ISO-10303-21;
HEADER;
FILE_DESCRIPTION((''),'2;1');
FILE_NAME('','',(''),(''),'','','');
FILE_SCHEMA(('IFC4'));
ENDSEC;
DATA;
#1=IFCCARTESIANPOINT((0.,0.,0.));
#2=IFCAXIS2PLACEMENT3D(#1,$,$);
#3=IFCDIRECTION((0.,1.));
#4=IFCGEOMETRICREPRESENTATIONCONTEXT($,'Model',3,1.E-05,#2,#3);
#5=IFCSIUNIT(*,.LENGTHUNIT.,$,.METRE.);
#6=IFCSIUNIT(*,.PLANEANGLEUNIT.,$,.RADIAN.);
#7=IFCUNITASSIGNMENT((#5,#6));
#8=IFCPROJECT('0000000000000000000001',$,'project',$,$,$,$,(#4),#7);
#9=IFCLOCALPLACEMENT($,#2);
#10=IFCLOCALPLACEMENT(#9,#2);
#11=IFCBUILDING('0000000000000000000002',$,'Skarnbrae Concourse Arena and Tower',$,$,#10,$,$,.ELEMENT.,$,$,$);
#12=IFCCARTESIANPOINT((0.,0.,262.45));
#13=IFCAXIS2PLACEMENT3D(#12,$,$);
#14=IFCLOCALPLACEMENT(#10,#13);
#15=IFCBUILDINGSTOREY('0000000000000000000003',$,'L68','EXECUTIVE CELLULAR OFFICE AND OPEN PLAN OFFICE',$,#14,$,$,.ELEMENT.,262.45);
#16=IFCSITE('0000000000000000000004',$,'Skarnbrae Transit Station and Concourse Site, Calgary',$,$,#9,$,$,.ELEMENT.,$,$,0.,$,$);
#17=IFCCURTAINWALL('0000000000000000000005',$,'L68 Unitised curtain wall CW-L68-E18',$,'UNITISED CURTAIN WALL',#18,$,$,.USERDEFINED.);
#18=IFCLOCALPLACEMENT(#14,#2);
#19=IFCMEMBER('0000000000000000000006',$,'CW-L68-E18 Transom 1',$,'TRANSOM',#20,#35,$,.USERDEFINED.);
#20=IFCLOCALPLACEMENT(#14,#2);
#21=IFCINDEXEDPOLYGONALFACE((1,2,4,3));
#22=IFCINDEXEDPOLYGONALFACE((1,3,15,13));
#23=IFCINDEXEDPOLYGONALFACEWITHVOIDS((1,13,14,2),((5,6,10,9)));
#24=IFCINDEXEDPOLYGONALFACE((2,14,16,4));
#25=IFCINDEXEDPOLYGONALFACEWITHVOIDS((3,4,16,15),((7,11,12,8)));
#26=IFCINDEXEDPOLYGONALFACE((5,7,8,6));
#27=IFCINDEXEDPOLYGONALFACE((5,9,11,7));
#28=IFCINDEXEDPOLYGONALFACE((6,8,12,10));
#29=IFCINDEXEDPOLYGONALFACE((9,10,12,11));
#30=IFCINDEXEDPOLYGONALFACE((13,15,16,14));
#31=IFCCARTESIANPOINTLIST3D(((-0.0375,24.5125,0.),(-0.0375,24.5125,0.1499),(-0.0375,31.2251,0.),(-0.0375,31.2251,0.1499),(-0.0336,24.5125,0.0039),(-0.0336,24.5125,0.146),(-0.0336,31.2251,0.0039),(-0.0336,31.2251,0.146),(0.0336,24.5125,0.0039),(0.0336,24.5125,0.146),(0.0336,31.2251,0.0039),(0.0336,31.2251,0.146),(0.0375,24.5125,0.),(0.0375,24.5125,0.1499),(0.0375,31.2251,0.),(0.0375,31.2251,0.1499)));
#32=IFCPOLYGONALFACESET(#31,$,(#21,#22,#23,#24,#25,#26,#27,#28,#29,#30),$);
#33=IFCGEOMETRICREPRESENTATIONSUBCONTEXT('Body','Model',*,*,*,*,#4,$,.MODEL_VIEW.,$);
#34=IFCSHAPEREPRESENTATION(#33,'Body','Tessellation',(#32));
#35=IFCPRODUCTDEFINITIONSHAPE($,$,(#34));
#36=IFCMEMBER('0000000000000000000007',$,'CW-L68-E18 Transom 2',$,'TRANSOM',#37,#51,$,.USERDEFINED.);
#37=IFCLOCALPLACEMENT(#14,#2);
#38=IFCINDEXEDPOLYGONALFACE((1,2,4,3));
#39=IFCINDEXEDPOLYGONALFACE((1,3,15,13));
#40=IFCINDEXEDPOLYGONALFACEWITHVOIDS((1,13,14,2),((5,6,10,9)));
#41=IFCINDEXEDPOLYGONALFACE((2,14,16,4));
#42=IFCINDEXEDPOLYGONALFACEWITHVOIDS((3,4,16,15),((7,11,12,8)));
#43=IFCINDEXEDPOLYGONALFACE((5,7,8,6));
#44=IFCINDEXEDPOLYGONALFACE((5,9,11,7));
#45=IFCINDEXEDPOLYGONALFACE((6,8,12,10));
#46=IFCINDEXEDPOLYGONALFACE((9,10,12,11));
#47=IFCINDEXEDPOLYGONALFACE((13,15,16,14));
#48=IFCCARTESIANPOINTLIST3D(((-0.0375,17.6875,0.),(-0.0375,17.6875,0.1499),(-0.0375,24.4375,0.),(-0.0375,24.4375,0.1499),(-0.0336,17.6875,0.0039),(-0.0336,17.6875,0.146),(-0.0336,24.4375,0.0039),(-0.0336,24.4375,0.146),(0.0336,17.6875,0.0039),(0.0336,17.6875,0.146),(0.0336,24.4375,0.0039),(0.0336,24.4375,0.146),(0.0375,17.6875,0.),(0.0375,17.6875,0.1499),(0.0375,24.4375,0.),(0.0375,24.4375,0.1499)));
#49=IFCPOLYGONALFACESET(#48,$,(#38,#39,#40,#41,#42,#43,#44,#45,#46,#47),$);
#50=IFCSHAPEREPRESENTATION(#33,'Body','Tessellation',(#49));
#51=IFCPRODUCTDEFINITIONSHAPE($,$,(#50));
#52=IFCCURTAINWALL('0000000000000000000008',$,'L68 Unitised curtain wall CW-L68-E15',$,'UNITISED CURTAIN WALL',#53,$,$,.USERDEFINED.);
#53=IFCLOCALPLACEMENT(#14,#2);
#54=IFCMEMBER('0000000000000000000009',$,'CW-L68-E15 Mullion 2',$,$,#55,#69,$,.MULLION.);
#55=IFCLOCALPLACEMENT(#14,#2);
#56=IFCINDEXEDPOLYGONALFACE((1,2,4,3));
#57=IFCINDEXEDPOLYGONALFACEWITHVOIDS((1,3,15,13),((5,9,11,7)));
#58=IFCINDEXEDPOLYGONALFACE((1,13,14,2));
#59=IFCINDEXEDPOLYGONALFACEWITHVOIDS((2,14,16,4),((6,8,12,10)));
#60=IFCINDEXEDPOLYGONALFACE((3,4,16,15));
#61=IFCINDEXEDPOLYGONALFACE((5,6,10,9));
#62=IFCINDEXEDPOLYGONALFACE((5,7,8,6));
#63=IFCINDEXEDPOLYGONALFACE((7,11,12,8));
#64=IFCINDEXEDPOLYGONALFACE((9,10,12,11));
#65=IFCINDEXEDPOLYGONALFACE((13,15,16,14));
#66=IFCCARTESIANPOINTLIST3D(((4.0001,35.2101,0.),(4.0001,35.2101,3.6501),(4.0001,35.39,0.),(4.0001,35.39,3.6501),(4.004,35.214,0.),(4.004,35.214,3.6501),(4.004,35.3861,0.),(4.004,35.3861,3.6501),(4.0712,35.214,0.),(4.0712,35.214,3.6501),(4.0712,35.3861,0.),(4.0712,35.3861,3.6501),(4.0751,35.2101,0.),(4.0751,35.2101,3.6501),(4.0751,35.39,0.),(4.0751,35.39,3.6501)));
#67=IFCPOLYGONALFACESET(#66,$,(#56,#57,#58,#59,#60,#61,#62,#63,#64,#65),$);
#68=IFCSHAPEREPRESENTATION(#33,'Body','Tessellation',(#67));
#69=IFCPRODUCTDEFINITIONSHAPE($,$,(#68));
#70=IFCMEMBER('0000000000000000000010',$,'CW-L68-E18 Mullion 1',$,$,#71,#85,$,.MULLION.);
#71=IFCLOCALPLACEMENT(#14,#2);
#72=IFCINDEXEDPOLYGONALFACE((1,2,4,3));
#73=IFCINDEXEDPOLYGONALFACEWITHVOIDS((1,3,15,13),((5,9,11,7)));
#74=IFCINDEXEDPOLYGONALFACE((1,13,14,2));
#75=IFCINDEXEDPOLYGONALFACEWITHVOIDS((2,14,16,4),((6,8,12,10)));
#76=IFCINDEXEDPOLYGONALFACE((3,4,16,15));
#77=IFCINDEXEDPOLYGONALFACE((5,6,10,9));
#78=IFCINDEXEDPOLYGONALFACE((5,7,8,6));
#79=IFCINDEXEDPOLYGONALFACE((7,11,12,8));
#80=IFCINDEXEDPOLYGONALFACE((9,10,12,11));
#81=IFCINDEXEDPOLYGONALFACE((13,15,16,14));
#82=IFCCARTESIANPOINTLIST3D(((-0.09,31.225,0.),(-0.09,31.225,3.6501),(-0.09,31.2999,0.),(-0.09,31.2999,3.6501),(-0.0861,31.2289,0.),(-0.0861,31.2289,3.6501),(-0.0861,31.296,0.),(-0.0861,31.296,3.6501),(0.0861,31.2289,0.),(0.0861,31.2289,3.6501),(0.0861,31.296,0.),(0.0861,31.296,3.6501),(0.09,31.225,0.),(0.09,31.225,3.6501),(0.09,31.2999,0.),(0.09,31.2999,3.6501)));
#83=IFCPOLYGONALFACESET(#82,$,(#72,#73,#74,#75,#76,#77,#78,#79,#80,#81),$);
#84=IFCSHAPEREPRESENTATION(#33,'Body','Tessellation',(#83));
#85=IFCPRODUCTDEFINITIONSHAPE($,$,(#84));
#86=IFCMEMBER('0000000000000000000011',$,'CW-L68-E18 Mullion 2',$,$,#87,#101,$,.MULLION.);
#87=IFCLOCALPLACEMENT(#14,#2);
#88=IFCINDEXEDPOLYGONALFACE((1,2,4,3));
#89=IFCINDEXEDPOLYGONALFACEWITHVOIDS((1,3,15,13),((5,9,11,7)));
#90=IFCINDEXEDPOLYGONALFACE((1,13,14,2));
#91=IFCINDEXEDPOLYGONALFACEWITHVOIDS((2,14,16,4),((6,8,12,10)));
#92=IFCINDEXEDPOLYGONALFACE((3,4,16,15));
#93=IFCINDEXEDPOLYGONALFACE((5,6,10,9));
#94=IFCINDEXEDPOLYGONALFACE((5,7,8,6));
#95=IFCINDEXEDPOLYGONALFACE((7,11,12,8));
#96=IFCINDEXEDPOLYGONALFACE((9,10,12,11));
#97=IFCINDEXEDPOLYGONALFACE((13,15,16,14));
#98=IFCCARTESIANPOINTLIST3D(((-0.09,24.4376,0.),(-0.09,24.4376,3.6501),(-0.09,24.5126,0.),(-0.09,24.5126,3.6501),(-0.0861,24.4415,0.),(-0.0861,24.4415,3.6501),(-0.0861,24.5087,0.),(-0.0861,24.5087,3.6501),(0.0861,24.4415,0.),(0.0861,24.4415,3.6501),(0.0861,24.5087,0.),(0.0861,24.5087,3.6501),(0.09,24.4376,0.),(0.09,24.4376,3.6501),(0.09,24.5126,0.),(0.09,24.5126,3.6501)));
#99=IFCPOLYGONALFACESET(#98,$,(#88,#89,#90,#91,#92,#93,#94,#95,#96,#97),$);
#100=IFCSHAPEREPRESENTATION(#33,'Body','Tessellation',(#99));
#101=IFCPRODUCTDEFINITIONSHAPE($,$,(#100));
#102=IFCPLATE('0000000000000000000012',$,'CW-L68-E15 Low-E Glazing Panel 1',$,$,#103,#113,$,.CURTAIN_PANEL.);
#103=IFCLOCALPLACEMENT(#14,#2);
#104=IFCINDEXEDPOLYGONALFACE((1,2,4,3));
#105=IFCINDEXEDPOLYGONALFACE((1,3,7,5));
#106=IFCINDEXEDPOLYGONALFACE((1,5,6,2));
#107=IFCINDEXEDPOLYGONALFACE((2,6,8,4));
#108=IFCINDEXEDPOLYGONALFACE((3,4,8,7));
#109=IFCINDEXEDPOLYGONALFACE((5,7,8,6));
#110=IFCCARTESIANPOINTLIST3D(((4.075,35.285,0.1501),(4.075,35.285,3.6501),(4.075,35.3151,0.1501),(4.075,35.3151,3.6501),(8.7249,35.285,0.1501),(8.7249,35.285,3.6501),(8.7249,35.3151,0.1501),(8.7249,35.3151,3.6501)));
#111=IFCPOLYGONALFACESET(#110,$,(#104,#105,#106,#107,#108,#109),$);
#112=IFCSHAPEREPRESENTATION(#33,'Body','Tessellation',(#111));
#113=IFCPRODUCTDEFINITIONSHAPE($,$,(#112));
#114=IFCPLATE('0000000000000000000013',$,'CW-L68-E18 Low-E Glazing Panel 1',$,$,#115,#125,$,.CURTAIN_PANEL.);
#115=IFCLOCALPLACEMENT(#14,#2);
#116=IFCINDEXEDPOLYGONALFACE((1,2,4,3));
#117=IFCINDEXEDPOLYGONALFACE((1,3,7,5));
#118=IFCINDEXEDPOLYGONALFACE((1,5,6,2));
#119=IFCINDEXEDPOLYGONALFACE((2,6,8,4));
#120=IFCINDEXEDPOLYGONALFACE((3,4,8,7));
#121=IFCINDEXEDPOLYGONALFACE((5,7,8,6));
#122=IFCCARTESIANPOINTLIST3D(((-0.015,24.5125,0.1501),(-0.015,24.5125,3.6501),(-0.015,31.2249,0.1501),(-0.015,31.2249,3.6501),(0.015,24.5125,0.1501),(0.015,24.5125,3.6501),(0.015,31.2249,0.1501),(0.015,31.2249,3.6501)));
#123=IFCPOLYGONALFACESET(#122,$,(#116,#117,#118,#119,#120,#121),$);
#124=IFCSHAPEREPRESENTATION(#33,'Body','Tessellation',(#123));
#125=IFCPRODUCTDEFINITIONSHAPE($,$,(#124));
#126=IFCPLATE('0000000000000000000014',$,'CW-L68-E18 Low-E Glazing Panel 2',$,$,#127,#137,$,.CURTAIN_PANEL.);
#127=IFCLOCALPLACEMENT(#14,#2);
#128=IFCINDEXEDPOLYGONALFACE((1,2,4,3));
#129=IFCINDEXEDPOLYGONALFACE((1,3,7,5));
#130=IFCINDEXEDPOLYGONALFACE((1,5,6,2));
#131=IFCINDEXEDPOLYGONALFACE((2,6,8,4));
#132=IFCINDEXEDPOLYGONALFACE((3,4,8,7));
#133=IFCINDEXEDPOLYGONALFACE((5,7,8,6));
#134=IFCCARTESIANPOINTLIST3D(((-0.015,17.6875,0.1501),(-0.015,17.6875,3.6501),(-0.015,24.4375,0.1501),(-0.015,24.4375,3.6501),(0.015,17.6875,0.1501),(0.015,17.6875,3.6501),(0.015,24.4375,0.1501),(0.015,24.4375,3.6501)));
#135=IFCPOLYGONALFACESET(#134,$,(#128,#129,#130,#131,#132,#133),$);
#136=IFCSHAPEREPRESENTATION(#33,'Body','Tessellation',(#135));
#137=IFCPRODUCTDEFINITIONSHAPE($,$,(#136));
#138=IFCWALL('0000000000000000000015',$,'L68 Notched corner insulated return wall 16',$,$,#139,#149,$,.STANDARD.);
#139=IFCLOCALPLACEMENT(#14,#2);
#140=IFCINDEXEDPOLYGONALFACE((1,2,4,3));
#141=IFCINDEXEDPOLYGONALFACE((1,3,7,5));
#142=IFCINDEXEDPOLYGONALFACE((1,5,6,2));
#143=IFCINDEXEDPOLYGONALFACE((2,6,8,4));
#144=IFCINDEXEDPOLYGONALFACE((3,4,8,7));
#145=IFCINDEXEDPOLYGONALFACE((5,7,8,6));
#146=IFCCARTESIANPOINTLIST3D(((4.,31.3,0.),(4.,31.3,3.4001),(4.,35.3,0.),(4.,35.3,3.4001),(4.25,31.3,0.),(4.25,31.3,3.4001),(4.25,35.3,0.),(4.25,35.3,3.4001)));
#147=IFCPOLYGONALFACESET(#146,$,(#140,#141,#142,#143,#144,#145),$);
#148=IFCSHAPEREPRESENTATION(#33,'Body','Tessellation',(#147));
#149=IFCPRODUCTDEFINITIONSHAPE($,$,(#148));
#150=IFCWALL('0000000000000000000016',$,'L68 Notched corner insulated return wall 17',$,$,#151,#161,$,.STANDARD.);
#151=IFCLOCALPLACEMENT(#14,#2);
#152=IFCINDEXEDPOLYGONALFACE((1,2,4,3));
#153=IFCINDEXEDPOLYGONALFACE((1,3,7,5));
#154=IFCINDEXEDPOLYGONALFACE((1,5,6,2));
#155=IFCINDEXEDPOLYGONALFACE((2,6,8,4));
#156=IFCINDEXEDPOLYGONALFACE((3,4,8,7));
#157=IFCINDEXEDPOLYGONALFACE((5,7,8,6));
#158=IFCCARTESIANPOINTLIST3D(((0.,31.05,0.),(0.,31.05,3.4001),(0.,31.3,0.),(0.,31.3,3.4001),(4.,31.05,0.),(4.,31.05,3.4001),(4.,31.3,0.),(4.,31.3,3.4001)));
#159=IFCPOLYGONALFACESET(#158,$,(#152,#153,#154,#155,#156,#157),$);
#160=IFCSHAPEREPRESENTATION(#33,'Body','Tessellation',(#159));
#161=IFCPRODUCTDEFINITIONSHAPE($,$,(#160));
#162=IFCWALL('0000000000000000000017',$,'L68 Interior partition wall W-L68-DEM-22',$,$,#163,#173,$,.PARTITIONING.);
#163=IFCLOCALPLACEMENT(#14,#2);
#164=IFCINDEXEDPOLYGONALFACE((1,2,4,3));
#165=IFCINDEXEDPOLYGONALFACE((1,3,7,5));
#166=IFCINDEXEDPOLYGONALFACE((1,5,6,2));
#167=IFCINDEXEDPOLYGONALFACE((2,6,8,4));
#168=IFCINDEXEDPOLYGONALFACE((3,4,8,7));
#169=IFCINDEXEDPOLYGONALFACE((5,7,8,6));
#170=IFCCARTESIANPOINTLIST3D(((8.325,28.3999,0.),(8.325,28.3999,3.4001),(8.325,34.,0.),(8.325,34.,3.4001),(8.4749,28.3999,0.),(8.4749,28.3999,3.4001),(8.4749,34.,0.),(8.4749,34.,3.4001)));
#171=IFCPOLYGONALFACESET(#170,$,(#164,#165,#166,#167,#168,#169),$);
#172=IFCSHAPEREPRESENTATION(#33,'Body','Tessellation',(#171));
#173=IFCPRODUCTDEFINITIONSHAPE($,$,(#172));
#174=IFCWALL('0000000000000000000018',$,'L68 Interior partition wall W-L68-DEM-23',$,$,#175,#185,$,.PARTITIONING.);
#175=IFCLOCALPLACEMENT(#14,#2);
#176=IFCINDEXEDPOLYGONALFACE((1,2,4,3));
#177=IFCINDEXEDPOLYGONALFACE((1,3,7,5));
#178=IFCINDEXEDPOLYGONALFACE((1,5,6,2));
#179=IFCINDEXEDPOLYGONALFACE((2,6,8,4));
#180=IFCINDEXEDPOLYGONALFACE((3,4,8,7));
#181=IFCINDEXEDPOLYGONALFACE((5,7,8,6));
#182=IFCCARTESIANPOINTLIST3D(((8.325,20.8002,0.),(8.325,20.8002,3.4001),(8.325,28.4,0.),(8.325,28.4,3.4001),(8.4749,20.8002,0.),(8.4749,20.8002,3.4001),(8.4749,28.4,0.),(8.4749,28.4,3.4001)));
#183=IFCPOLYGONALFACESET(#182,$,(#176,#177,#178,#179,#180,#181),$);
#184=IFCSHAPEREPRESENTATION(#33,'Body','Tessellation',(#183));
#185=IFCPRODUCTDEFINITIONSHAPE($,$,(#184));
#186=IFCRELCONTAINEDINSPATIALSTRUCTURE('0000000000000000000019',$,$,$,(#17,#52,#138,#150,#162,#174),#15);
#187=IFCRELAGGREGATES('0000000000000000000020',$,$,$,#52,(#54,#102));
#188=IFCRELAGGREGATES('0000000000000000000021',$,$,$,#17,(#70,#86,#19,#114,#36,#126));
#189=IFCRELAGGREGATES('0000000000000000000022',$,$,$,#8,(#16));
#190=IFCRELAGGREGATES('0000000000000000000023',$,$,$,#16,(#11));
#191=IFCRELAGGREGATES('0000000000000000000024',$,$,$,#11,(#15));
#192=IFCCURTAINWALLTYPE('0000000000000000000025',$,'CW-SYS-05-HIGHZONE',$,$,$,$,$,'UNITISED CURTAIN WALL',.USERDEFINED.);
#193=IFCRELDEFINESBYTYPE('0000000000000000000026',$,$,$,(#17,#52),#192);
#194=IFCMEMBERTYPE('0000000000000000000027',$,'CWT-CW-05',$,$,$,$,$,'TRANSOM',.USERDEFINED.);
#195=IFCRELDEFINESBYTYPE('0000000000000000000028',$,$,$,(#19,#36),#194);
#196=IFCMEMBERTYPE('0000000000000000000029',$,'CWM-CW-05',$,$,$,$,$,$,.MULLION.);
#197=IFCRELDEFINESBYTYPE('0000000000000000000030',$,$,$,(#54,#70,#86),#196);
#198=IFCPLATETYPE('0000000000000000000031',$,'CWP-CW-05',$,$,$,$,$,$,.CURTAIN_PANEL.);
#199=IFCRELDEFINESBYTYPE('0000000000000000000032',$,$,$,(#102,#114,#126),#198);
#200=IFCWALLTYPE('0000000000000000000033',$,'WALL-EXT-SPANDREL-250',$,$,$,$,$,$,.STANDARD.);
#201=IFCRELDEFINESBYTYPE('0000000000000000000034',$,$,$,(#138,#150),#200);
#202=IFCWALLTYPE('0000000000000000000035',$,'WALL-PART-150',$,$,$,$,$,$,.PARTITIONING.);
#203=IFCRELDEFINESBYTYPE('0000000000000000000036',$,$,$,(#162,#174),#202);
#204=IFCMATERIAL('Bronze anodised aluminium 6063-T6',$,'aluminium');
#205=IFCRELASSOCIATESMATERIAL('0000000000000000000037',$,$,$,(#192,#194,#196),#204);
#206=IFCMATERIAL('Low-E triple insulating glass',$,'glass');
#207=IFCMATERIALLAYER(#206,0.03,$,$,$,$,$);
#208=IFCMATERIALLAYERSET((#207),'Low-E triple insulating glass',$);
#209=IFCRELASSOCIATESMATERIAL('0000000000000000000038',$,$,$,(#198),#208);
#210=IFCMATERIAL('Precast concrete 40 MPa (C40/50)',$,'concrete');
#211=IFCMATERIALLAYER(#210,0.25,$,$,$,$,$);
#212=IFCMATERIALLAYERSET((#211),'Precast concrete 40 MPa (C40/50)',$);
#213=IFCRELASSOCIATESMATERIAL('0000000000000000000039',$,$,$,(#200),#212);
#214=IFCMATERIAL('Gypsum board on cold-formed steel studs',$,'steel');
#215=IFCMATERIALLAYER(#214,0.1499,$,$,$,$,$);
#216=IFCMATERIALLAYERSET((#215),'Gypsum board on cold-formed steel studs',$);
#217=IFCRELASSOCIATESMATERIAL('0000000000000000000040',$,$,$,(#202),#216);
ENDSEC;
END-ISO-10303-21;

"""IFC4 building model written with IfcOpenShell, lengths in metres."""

from ifc_helpers import new_model, si_unit, direction, frame, frame_2d, origin, origin_2d, place, context, subcontext, project, spatial, rectangle, hollow_rectangle, extrude, source, transform, mapped, material, layer, layer_set, material_profile, profile_set, type_object, element, aggregate, save


model = new_model("IFC4")

# Units and contexts
model_context = context("Model", 3, precision=1e-05, world=origin(), true_north=direction((0.0, 1.0)))
body_context = subcontext(model_context, "Body", "Model", "MODEL_VIEW")
ifc_project = project(units=[si_unit("LENGTHUNIT", "METRE"), si_unit("PLANEANGLEUNIT", "RADIAN")], contexts=[model_context])

# Site, building, storey
site_placement = place(None, origin())
site = spatial("IfcSite", under=ifc_project, at=site_placement, Name="Skarnbrae Transit Station and Concourse Site, Calgary", CompositionType="ELEMENT", RefElevation=0.0)
building_placement = place(site_placement, origin())
building = spatial("IfcBuilding", under=site, at=building_placement, Name="Skarnbrae Concourse Arena and Tower", CompositionType="ELEMENT")
storey_placement = place(building_placement, frame((0.0, 0.0, 262.45)))
storey = spatial("IfcBuildingStorey", under=building, at=storey_placement, Name="L68", Description="EXECUTIVE CELLULAR OFFICE AND OPEN PLAN OFFICE", CompositionType="ELEMENT", Elevation=262.45)

# Curtain wall, members
ifc_material_1 = material(Name="Bronze anodised aluminium 6063-T6", Category="aluminium")
curtain_wall_type = type_object("IfcCurtainWallType", Name="CW-SYS-05-HIGHZONE", ElementType="UNITISED CURTAIN WALL", PredefinedType="USERDEFINED", material=ifc_material_1)
curtain_wall_1_placement = place(storey_placement, origin())
curtain_wall_1 = element("IfcCurtainWall", 1, at=curtain_wall_1_placement, inside=storey, type_object=curtain_wall_type, Name="L68 Unitised curtain wall CW-L68-E18", ObjectType="UNITISED CURTAIN WALL", PredefinedType="USERDEFINED")
ifc_material_profile_1 = material_profile(ifc_material_1, hollow_rectangle(XDim=0.075, YDim=0.1499, WallThickness=0.0039, at=origin_2d()), Name="ALU-TRAN-75X150")
ifc_profile_set_1 = profile_set([ifc_material_profile_1], Name="Bronze anodised aluminium 6063-T6")
member_type_1 = type_object("IfcMemberType", Name="CWT-CW-05", ElementType="TRANSOM", PredefinedType="USERDEFINED", material=ifc_profile_set_1)
shared_shape_1 = source(origin(), body_context, "Body", "SweptSolid", [
    extrude(hollow_rectangle(XDim=0.075, YDim=0.1499, WallThickness=0.0039, at=origin_2d()), origin(), (0.0, 0.0, 1.0), 6.7126),
])
member_1_placement = place(storey_placement, frame((0.0, 31.2251, 0.075), z_axis=(0.0, -1.0, 0.0), x_axis=(1.0, 0.0, 0.0)))
member_1 = element("IfcMember", 2, at=member_1_placement, type_object=member_type_1, Name="CW-L68-E18 Transom 1", ObjectType="TRANSOM", PredefinedType="USERDEFINED", context=body_context, shape_type="MappedRepresentation", body=[
    mapped(shared_shape_1, transform((0.0, 0.0, 0.0))),
])
shared_shape_2 = source(origin(), body_context, "Body", "SweptSolid", [
    extrude(hollow_rectangle(XDim=0.075, YDim=0.1499, WallThickness=0.0039, at=origin_2d()), origin(), (0.0, 0.0, 1.0), 6.75),
])
member_2_placement = place(storey_placement, frame((0.0, 24.4375, 0.075), z_axis=(0.0, -1.0, 0.0), x_axis=(1.0, 0.0, 0.0)))
member_2 = element("IfcMember", 3, at=member_2_placement, type_object=member_type_1, Name="CW-L68-E18 Transom 2", ObjectType="TRANSOM", PredefinedType="USERDEFINED", context=body_context, shape_type="MappedRepresentation", body=[
    mapped(shared_shape_2, transform((0.0, 0.0, 0.0))),
])

# Curtain wall, member
curtain_wall_2_placement = place(storey_placement, origin())
curtain_wall_2 = element("IfcCurtainWall", 4, at=curtain_wall_2_placement, inside=storey, type_object=curtain_wall_type, Name="L68 Unitised curtain wall CW-L68-E15", ObjectType="UNITISED CURTAIN WALL", PredefinedType="USERDEFINED")
ifc_material_profile_2 = material_profile(ifc_material_1, hollow_rectangle(XDim=0.075, YDim=0.1799, WallThickness=0.0039, at=origin_2d()), Name="ALU-MULL-75X180")
ifc_profile_set_2 = profile_set([ifc_material_profile_2], Name="Bronze anodised aluminium 6063-T6")
member_type_2 = type_object("IfcMemberType", Name="CWM-CW-05", PredefinedType="MULLION", material=ifc_profile_set_2)
shared_shape_3 = source(origin(), body_context, "Body", "SweptSolid", [
    extrude(hollow_rectangle(XDim=0.075, YDim=0.1799, WallThickness=0.0039, at=origin_2d()), origin(), (0.0, 0.0, 1.0), 3.6501),
])
member_3_placement = place(storey_placement, frame((4.0376, 35.3, 0.0), z_axis=(0.0, 0.0, 1.0), x_axis=(-1.0, 0.0, 0.0)))
member_3 = element("IfcMember", 5, at=member_3_placement, type_object=member_type_2, Name="CW-L68-E15 Mullion 2", PredefinedType="MULLION", context=body_context, shape_type="MappedRepresentation", body=[
    mapped(shared_shape_3, transform((0.0, 0.0, 0.0))),
])

# Members
member_4_placement = place(storey_placement, frame((0.0, 31.2625, 0.0), z_axis=(0.0, 0.0, 1.0), x_axis=(0.0, -1.0, 0.0)))
member_4 = element("IfcMember", 6, at=member_4_placement, type_object=member_type_2, Name="CW-L68-E18 Mullion 1", PredefinedType="MULLION", context=body_context, shape_type="MappedRepresentation", body=[
    mapped(shared_shape_3, transform((0.0, 0.0, 0.0))),
])
member_5_placement = place(storey_placement, frame((0.0, 24.4751, 0.0), z_axis=(0.0, 0.0, 1.0), x_axis=(0.0, -1.0, 0.0)))
member_5 = element("IfcMember", 7, at=member_5_placement, type_object=member_type_2, Name="CW-L68-E18 Mullion 2", PredefinedType="MULLION", context=body_context, shape_type="MappedRepresentation", body=[
    mapped(shared_shape_3, transform((0.0, 0.0, 0.0))),
])

# Plates
ifc_material_2 = material(Name="Low-E triple insulating glass", Category="glass")
ifc_layer_1 = layer(ifc_material_2, 0.03)
ifc_layer_set_1 = layer_set([ifc_layer_1], Name="Low-E triple insulating glass")
plate_type = type_object("IfcPlateType", Name="CWP-CW-05", PredefinedType="CURTAIN_PANEL", material=ifc_layer_set_1)
shared_shape_4 = source(origin(), body_context, "Body", "SweptSolid", [
    extrude(rectangle(XDim=4.6499, YDim=0.03, at=origin_2d()), origin(), (0.0, 0.0, 1.0), 3.5),
])
plate_1_placement = place(storey_placement, frame((6.3999, 35.3, 0.1501), z_axis=(0.0, 0.0, 1.0), x_axis=(-1.0, 0.0, 0.0)))
plate_1 = element("IfcPlate", 8, at=plate_1_placement, type_object=plate_type, Name="CW-L68-E15 Low-E Glazing Panel 1", PredefinedType="CURTAIN_PANEL", context=body_context, shape_type="MappedRepresentation", body=[
    mapped(shared_shape_4, transform((0.0, 0.0, 0.0))),
])
aggregate(curtain_wall_2, [member_3, plate_1])
shared_shape_5 = source(origin(), body_context, "Body", "SweptSolid", [
    extrude(rectangle(XDim=6.7124, YDim=0.03, at=origin_2d()), origin(), (0.0, 0.0, 1.0), 3.5),
])
plate_2_placement = place(storey_placement, frame((0.0, 27.8687, 0.1501), z_axis=(0.0, 0.0, 1.0), x_axis=(0.0, -1.0, 0.0)))
plate_2 = element("IfcPlate", 9, at=plate_2_placement, type_object=plate_type, Name="CW-L68-E18 Low-E Glazing Panel 1", PredefinedType="CURTAIN_PANEL", context=body_context, shape_type="MappedRepresentation", body=[
    mapped(shared_shape_5, transform((0.0, 0.0, 0.0))),
])
shared_shape_6 = source(origin(), body_context, "Body", "SweptSolid", [
    extrude(rectangle(XDim=6.75, YDim=0.03, at=origin_2d()), origin(), (0.0, 0.0, 1.0), 3.5),
])
plate_3_placement = place(storey_placement, frame((0.0, 21.0625, 0.1501), z_axis=(0.0, 0.0, 1.0), x_axis=(0.0, -1.0, 0.0)))
plate_3 = element("IfcPlate", 10, at=plate_3_placement, type_object=plate_type, Name="CW-L68-E18 Low-E Glazing Panel 2", PredefinedType="CURTAIN_PANEL", context=body_context, shape_type="MappedRepresentation", body=[
    mapped(shared_shape_6, transform((0.0, 0.0, 0.0))),
])
aggregate(curtain_wall_1, [member_4, member_5, member_1, plate_2, member_2, plate_3])

# Walls
ifc_material_3 = material(Name="Precast concrete 40 MPa (C40/50)", Category="concrete")
ifc_layer_2 = layer(ifc_material_3, 0.25)
ifc_layer_set_2 = layer_set([ifc_layer_2], Name="Precast concrete 40 MPa (C40/50)")
wall_type_1 = type_object("IfcWallType", Name="WALL-EXT-SPANDREL-250", PredefinedType="STANDARD", material=ifc_layer_set_2)
shared_shape_7 = source(origin(), body_context, "Body", "SweptSolid", [
    extrude(rectangle(XDim=4.0, YDim=0.25, at=frame_2d((2.0, 0.0))), origin(), (0.0, 0.0, 1.0), 3.4001),
])
for number, where, z_axis, x_axis, name in (
    (11, (4.125, 35.3, 0.0), (0.0, 0.0, 1.0), (0.0, -1.0, 0.0), "L68 Notched corner insulated return wall 16"),
    (12, (4.0, 31.175, 0.0), (0.0, 0.0, 1.0), (-1.0, 0.0, 0.0), "L68 Notched corner insulated return wall 17"),
):
    element("IfcWall", number, at=place(storey_placement, frame(where, z_axis=z_axis, x_axis=x_axis)), inside=storey, type_object=wall_type_1, Name=name, PredefinedType="STANDARD", context=body_context, shape_type="MappedRepresentation", body=[
        mapped(shared_shape_7, transform((0.0, 0.0, 0.0))),
    ])
ifc_material_4 = material(Name="Gypsum board on cold-formed steel studs", Category="steel")
ifc_layer_3 = layer(ifc_material_4, 0.1499)
ifc_layer_set_3 = layer_set([ifc_layer_3], Name="Gypsum board on cold-formed steel studs")
wall_type_2 = type_object("IfcWallType", Name="WALL-PART-150", PredefinedType="PARTITIONING", material=ifc_layer_set_3)
shared_shape_8 = source(origin(), body_context, "Body", "SweptSolid", [
    extrude(rectangle(XDim=5.6001, YDim=0.1499, at=frame_2d((2.8, 0.0))), origin(), (0.0, 0.0, 1.0), 3.4001),
])
wall_1_placement = place(storey_placement, frame((8.3999, 34.0, 0.0), z_axis=(0.0, 0.0, 1.0), x_axis=(0.0, -1.0, 0.0)))
element("IfcWall", 13, at=wall_1_placement, inside=storey, type_object=wall_type_2, Name="L68 Interior partition wall W-L68-DEM-22", PredefinedType="PARTITIONING", context=body_context, shape_type="MappedRepresentation", body=[
    mapped(shared_shape_8, transform((0.0, 0.0, 0.0))),
])
shared_shape_9 = source(origin(), body_context, "Body", "SweptSolid", [
    extrude(rectangle(XDim=7.5999, YDim=0.1499, at=frame_2d((3.7998, 0.0))), origin(), (0.0, 0.0, 1.0), 3.4001),
])
wall_2_placement = place(storey_placement, frame((8.3999, 28.3999, 0.0), z_axis=(0.0, 0.0, 1.0), x_axis=(0.0, -1.0, 0.0)))
element("IfcWall", 14, at=wall_2_placement, inside=storey, type_object=wall_type_2, Name="L68 Interior partition wall W-L68-DEM-23", PredefinedType="PARTITIONING", context=body_context, shape_type="MappedRepresentation", body=[
    mapped(shared_shape_9, transform((0.0, 0.0, 0.0))),
])

save(model, "model.ifc")
